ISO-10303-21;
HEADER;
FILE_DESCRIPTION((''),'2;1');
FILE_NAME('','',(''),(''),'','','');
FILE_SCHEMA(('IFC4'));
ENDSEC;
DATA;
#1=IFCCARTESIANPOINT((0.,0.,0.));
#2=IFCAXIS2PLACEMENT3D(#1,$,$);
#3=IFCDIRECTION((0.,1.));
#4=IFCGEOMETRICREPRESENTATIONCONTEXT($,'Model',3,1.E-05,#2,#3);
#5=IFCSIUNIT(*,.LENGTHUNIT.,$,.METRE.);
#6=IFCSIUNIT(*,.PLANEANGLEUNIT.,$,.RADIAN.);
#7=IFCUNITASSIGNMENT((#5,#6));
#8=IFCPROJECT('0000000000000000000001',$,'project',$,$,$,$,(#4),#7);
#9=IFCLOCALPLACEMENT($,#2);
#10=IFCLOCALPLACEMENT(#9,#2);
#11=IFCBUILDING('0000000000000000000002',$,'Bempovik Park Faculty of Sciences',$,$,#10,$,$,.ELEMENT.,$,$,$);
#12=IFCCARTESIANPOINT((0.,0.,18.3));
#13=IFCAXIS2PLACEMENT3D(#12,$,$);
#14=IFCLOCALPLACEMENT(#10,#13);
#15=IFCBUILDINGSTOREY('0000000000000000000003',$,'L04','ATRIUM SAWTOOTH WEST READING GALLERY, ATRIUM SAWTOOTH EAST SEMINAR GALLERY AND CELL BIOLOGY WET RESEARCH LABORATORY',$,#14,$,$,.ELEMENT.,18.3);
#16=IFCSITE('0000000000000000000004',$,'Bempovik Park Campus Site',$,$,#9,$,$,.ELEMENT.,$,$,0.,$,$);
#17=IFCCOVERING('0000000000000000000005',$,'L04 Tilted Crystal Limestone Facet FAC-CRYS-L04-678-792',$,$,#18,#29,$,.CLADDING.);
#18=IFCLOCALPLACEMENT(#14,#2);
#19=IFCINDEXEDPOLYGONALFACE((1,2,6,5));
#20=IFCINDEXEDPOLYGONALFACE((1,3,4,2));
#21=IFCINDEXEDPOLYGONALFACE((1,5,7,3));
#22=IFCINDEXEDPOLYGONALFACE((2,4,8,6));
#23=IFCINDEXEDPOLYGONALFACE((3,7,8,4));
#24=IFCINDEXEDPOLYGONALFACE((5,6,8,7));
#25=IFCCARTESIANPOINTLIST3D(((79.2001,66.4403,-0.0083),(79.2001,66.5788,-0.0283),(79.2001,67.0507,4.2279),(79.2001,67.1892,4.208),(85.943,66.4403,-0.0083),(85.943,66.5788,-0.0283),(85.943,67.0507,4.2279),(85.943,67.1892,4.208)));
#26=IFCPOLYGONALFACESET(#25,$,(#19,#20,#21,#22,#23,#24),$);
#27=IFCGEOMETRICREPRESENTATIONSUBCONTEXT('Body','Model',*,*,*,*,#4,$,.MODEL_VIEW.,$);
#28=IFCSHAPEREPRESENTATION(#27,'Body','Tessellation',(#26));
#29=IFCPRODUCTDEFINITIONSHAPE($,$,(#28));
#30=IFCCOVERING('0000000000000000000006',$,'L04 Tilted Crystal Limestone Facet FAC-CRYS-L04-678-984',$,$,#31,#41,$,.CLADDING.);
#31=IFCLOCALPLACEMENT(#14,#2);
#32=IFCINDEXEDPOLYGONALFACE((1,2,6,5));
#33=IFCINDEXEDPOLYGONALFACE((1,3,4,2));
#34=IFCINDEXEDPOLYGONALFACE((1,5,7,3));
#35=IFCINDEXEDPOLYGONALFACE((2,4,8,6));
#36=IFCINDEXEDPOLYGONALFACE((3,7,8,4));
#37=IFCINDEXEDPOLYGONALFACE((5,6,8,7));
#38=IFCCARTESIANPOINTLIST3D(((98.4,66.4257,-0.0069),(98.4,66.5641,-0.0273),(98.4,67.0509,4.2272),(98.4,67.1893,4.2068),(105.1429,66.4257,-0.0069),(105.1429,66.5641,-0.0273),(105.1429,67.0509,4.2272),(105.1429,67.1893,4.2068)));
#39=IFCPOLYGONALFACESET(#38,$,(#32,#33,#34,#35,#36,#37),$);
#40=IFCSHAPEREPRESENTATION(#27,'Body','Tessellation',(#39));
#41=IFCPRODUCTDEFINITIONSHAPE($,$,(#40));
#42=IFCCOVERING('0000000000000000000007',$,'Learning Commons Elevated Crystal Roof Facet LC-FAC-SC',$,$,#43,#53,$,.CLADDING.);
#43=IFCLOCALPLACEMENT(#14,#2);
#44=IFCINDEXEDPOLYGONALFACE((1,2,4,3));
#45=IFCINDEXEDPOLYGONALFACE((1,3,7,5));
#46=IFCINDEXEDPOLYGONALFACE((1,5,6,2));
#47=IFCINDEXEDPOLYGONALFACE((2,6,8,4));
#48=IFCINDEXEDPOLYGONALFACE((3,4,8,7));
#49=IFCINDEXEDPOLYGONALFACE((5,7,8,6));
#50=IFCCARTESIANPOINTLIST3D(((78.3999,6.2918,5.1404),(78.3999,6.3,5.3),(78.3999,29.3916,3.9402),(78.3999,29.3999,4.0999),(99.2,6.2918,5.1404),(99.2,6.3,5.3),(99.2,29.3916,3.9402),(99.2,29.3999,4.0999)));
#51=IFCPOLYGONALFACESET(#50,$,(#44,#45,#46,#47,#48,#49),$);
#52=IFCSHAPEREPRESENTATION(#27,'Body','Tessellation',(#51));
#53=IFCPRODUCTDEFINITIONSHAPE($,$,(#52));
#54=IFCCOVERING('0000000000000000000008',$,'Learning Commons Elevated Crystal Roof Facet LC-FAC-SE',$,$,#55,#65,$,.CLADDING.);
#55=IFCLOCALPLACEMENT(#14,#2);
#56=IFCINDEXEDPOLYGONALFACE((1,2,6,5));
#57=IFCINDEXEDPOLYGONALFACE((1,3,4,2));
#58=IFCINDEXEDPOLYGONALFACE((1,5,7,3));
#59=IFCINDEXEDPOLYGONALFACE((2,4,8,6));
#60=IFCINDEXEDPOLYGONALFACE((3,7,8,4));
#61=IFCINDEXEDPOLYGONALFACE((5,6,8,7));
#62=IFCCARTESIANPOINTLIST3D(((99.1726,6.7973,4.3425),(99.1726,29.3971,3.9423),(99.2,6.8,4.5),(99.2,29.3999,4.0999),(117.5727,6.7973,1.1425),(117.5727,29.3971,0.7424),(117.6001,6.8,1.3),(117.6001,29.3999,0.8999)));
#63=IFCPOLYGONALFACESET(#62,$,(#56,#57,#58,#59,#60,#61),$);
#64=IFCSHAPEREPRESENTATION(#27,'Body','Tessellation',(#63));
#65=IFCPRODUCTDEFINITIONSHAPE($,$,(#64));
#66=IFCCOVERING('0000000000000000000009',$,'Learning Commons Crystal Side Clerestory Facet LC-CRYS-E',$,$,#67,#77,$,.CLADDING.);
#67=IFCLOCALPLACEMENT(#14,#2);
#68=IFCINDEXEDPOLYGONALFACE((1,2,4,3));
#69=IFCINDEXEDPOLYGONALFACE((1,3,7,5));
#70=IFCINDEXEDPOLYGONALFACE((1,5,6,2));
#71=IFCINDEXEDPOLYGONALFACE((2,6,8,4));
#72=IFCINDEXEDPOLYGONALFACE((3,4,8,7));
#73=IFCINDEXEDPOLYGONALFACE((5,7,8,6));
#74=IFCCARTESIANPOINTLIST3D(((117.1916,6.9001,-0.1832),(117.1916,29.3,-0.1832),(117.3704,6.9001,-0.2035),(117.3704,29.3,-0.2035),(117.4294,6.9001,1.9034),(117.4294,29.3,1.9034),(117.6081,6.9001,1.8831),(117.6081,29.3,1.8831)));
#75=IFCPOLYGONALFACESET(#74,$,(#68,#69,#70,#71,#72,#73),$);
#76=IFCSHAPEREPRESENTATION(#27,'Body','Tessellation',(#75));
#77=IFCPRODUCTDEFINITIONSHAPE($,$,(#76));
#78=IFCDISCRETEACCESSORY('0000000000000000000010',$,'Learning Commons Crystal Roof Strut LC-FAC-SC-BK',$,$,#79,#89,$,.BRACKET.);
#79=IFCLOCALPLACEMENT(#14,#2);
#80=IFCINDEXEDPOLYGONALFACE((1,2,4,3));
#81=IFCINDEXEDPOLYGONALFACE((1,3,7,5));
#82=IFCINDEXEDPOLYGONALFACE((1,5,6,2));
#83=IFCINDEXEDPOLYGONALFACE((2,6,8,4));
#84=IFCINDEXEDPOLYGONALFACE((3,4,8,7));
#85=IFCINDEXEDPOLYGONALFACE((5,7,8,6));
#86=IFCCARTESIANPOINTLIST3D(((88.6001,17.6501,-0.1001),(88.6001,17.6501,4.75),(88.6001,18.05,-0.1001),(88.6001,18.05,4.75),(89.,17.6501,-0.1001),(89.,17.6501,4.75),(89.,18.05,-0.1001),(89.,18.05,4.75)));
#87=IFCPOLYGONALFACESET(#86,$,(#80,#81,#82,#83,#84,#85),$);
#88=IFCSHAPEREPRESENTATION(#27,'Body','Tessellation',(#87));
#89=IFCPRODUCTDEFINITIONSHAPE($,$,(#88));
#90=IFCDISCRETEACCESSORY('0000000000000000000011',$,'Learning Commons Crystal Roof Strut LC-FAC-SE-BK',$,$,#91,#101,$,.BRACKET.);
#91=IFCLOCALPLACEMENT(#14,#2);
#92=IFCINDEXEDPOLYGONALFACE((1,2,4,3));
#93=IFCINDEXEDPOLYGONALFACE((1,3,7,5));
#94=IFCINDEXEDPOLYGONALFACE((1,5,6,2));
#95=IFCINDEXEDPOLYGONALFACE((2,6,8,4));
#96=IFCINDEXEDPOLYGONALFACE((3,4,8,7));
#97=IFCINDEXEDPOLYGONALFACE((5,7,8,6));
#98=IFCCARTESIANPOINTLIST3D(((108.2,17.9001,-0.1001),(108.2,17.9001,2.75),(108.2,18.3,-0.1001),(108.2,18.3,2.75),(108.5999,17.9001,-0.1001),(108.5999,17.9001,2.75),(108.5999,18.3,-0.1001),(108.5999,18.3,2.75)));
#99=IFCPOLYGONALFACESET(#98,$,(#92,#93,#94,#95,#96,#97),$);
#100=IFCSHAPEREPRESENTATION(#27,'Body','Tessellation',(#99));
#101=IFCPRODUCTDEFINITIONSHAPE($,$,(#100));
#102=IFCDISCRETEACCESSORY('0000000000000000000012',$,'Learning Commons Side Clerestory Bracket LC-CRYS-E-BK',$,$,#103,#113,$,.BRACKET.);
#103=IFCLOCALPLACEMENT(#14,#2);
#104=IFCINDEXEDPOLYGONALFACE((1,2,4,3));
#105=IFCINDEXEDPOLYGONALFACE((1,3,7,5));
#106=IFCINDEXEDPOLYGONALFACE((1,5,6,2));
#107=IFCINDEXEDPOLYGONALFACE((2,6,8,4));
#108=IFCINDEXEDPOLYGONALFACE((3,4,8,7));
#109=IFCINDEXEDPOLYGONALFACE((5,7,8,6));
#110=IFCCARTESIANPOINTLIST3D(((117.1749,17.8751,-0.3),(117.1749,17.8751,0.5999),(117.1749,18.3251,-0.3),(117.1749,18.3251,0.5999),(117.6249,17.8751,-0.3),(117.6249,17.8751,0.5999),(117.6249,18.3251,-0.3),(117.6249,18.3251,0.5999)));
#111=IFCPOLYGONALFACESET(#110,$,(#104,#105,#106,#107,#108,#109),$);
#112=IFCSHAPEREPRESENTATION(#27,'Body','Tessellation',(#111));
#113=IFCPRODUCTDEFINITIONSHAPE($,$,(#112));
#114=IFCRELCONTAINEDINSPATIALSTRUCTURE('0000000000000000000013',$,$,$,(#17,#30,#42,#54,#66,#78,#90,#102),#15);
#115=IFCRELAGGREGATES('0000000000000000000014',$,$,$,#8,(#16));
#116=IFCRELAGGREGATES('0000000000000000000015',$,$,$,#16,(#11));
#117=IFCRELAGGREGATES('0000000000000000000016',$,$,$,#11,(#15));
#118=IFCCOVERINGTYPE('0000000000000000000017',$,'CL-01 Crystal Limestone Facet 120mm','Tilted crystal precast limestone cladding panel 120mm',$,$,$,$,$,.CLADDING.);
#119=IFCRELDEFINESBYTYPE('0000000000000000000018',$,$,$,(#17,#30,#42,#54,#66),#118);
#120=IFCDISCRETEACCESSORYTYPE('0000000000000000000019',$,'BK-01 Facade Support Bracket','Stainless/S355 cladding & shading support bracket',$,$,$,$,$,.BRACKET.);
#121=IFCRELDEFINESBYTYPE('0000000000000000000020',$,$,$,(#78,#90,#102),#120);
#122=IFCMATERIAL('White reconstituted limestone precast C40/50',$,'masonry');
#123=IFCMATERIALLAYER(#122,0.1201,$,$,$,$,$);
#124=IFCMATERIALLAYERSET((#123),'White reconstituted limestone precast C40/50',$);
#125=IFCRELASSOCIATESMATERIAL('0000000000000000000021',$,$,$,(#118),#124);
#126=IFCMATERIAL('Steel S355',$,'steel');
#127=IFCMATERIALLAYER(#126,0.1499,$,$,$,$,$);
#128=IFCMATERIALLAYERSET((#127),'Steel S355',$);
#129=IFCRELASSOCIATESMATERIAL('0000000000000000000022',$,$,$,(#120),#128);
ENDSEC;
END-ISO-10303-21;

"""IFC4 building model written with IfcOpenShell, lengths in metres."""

from ifc_helpers import new_model, si_unit, direction, frame, origin, origin_2d, place, context, subcontext, project, spatial, polyline, rectangle, outline, extrude, material, layer, layer_set, type_object, element, save


model = new_model("IFC4")

# Units and contexts
model_context = context("Model", 3, precision=1e-05, world=origin(), true_north=direction((0.0, 1.0)))
body_context = subcontext(model_context, "Body", "Model", "MODEL_VIEW")
ifc_project = project(units=[si_unit("LENGTHUNIT", "METRE"), si_unit("PLANEANGLEUNIT", "RADIAN")], contexts=[model_context])

# Site, building, storey
site_placement = place(None, origin())
site = spatial("IfcSite", under=ifc_project, at=site_placement, Name="Bempovik Park Campus Site", CompositionType="ELEMENT", RefElevation=0.0)
building_placement = place(site_placement, origin())
building = spatial("IfcBuilding", under=site, at=building_placement, Name="Bempovik Park Faculty of Sciences", CompositionType="ELEMENT")
storey_placement = place(building_placement, frame((0.0, 0.0, 18.3)))
storey = spatial("IfcBuildingStorey", under=building, at=storey_placement, Name="L04", Description="ATRIUM SAWTOOTH WEST READING GALLERY, ATRIUM SAWTOOTH EAST SEMINAR GALLERY AND CELL BIOLOGY WET RESEARCH LABORATORY", CompositionType="ELEMENT", Elevation=18.3)

# Coverings
ifc_material_1 = material(Name="White reconstituted limestone precast C40/50", Category="masonry")
ifc_layer_1 = layer(ifc_material_1, 0.1201)
ifc_layer_set_1 = layer_set([ifc_layer_1], Name="White reconstituted limestone precast C40/50")
covering_type = type_object("IfcCoveringType", Name="CL-01 Crystal Limestone Facet 120mm", Description="Tilted crystal precast limestone cladding panel 120mm", PredefinedType="CLADDING", material=ifc_layer_set_1)
for number, where, z_axis, x_axis, name in (
    (1, (82.5715, 66.5095, -0.0183), (0.0, 0.142629, 0.989776), (1.0, 0.0, 0.0), "L04 Tilted Crystal Limestone Facet FAC-CRYS-L04-678-792"),
    (2, (101.7715, 66.4949, -0.0171), (0.0, 0.146083, 0.989272), (1.0, 0.0, 0.0), "L04 Tilted Crystal Limestone Facet FAC-CRYS-L04-678-984"),
):
    element("IfcCovering", number, at=place(storey_placement, frame(where, z_axis=z_axis, x_axis=x_axis)), inside=storey, type_object=covering_type, Name=name, PredefinedType="CLADDING", context=body_context, shape_type="SweptSolid", body=[
        extrude(rectangle(XDim=6.7429, YDim=0.1399, at=origin_2d()), origin(), (0.0, 0.0, 1.0), 4.28),
    ])
covering_1_placement = place(storey_placement, frame((78.3999, 6.3, 5.3), z_axis=(0.0, 0.051887, 0.998653), x_axis=(1.0, 0.0, 0.0)))
element("IfcCovering", 3, at=covering_1_placement, inside=storey, type_object=covering_type, Name="Learning Commons Elevated Crystal Roof Facet LC-FAC-SC", PredefinedType="CLADDING", context=body_context, shape_type="SweptSolid", body=[
    extrude(outline(polyline([(0.0, 0.0), (20.8, 0.0), (20.8, 23.131), (0.0, 23.131), (0.0, 0.0)])), origin(), (0.0, 0.0, -1.0), 0.1599),
])
covering_2_placement = place(storey_placement, frame((99.2, 6.8, 4.5), z_axis=(0.171311, 0.017441, 0.985063), x_axis=(0.985212, 0.0, -0.171337)))
element("IfcCovering", 4, at=covering_2_placement, inside=storey, type_object=covering_type, Name="Learning Commons Elevated Crystal Roof Facet LC-FAC-SE", PredefinedType="CLADDING", context=body_context, shape_type="SweptSolid", body=[
    extrude(outline(polyline([(0.0, 0.0), (18.6763, 0.0), (18.7449, 22.6033), (0.0686, 22.6033), (0.0, 0.0)])), origin(), (0.0, 0.0, -1.0), 0.1599),
])
covering_3_placement = place(storey_placement, frame((117.281, 18.1001, -0.1934), z_axis=(0.113203, 0.0, 0.993572), x_axis=(0.0, 1.0, 0.0)))
element("IfcCovering", 5, at=covering_3_placement, inside=storey, type_object=covering_type, Name="Learning Commons Crystal Side Clerestory Facet LC-CRYS-E", PredefinedType="CLADDING", context=body_context, shape_type="SweptSolid", body=[
    extrude(rectangle(XDim=22.3999, YDim=0.1799, at=origin_2d()), origin(), (0.0, 0.0, 1.0), 2.1001),
])

# Discrete accessories
ifc_material_2 = material(Name="Steel S355", Category="steel")
ifc_layer_2 = layer(ifc_material_2, 0.1499)
ifc_layer_set_2 = layer_set([ifc_layer_2], Name="Steel S355")
discrete_accessory_type = type_object("IfcDiscreteAccessoryType", Name="BK-01 Facade Support Bracket", Description="Stainless/S355 cladding & shading support bracket", PredefinedType="BRACKET", material=ifc_layer_set_2)
discrete_accessory_1_placement = place(storey_placement, frame((88.8, 17.8501, -0.1001), z_axis=(0.0, 0.0, 1.0), x_axis=(1.0, 0.0, 0.0)))
element("IfcDiscreteAccessory", 6, at=discrete_accessory_1_placement, inside=storey, type_object=discrete_accessory_type, Name="Learning Commons Crystal Roof Strut LC-FAC-SC-BK", PredefinedType="BRACKET", context=body_context, shape_type="SweptSolid", body=[
    extrude(rectangle(XDim=0.3999, YDim=0.3999, at=origin_2d()), origin(), (0.0, 0.0, 1.0), 4.8501),
])
discrete_accessory_2_placement = place(storey_placement, frame((108.3999, 18.1001, -0.1001), z_axis=(0.0, 0.0, 1.0), x_axis=(1.0, 0.0, 0.0)))
element("IfcDiscreteAccessory", 7, at=discrete_accessory_2_placement, inside=storey, type_object=discrete_accessory_type, Name="Learning Commons Crystal Roof Strut LC-FAC-SE-BK", PredefinedType="BRACKET", context=body_context, shape_type="SweptSolid", body=[
    extrude(rectangle(XDim=0.3999, YDim=0.3999, at=origin_2d()), origin(), (0.0, 0.0, 1.0), 2.8501),
])
discrete_accessory_3_placement = place(storey_placement, frame((117.3999, 18.1001, -0.3), z_axis=(0.0, 0.0, 1.0), x_axis=(1.0, 0.0, 0.0)))
element("IfcDiscreteAccessory", 8, at=discrete_accessory_3_placement, inside=storey, type_object=discrete_accessory_type, Name="Learning Commons Side Clerestory Bracket LC-CRYS-E-BK", PredefinedType="BRACKET", context=body_context, shape_type="SweptSolid", body=[
    extrude(rectangle(XDim=0.45, YDim=0.45, at=origin_2d()), origin(), (0.0, 0.0, 1.0), 0.8999),
])

save(model, "model.ifc")
